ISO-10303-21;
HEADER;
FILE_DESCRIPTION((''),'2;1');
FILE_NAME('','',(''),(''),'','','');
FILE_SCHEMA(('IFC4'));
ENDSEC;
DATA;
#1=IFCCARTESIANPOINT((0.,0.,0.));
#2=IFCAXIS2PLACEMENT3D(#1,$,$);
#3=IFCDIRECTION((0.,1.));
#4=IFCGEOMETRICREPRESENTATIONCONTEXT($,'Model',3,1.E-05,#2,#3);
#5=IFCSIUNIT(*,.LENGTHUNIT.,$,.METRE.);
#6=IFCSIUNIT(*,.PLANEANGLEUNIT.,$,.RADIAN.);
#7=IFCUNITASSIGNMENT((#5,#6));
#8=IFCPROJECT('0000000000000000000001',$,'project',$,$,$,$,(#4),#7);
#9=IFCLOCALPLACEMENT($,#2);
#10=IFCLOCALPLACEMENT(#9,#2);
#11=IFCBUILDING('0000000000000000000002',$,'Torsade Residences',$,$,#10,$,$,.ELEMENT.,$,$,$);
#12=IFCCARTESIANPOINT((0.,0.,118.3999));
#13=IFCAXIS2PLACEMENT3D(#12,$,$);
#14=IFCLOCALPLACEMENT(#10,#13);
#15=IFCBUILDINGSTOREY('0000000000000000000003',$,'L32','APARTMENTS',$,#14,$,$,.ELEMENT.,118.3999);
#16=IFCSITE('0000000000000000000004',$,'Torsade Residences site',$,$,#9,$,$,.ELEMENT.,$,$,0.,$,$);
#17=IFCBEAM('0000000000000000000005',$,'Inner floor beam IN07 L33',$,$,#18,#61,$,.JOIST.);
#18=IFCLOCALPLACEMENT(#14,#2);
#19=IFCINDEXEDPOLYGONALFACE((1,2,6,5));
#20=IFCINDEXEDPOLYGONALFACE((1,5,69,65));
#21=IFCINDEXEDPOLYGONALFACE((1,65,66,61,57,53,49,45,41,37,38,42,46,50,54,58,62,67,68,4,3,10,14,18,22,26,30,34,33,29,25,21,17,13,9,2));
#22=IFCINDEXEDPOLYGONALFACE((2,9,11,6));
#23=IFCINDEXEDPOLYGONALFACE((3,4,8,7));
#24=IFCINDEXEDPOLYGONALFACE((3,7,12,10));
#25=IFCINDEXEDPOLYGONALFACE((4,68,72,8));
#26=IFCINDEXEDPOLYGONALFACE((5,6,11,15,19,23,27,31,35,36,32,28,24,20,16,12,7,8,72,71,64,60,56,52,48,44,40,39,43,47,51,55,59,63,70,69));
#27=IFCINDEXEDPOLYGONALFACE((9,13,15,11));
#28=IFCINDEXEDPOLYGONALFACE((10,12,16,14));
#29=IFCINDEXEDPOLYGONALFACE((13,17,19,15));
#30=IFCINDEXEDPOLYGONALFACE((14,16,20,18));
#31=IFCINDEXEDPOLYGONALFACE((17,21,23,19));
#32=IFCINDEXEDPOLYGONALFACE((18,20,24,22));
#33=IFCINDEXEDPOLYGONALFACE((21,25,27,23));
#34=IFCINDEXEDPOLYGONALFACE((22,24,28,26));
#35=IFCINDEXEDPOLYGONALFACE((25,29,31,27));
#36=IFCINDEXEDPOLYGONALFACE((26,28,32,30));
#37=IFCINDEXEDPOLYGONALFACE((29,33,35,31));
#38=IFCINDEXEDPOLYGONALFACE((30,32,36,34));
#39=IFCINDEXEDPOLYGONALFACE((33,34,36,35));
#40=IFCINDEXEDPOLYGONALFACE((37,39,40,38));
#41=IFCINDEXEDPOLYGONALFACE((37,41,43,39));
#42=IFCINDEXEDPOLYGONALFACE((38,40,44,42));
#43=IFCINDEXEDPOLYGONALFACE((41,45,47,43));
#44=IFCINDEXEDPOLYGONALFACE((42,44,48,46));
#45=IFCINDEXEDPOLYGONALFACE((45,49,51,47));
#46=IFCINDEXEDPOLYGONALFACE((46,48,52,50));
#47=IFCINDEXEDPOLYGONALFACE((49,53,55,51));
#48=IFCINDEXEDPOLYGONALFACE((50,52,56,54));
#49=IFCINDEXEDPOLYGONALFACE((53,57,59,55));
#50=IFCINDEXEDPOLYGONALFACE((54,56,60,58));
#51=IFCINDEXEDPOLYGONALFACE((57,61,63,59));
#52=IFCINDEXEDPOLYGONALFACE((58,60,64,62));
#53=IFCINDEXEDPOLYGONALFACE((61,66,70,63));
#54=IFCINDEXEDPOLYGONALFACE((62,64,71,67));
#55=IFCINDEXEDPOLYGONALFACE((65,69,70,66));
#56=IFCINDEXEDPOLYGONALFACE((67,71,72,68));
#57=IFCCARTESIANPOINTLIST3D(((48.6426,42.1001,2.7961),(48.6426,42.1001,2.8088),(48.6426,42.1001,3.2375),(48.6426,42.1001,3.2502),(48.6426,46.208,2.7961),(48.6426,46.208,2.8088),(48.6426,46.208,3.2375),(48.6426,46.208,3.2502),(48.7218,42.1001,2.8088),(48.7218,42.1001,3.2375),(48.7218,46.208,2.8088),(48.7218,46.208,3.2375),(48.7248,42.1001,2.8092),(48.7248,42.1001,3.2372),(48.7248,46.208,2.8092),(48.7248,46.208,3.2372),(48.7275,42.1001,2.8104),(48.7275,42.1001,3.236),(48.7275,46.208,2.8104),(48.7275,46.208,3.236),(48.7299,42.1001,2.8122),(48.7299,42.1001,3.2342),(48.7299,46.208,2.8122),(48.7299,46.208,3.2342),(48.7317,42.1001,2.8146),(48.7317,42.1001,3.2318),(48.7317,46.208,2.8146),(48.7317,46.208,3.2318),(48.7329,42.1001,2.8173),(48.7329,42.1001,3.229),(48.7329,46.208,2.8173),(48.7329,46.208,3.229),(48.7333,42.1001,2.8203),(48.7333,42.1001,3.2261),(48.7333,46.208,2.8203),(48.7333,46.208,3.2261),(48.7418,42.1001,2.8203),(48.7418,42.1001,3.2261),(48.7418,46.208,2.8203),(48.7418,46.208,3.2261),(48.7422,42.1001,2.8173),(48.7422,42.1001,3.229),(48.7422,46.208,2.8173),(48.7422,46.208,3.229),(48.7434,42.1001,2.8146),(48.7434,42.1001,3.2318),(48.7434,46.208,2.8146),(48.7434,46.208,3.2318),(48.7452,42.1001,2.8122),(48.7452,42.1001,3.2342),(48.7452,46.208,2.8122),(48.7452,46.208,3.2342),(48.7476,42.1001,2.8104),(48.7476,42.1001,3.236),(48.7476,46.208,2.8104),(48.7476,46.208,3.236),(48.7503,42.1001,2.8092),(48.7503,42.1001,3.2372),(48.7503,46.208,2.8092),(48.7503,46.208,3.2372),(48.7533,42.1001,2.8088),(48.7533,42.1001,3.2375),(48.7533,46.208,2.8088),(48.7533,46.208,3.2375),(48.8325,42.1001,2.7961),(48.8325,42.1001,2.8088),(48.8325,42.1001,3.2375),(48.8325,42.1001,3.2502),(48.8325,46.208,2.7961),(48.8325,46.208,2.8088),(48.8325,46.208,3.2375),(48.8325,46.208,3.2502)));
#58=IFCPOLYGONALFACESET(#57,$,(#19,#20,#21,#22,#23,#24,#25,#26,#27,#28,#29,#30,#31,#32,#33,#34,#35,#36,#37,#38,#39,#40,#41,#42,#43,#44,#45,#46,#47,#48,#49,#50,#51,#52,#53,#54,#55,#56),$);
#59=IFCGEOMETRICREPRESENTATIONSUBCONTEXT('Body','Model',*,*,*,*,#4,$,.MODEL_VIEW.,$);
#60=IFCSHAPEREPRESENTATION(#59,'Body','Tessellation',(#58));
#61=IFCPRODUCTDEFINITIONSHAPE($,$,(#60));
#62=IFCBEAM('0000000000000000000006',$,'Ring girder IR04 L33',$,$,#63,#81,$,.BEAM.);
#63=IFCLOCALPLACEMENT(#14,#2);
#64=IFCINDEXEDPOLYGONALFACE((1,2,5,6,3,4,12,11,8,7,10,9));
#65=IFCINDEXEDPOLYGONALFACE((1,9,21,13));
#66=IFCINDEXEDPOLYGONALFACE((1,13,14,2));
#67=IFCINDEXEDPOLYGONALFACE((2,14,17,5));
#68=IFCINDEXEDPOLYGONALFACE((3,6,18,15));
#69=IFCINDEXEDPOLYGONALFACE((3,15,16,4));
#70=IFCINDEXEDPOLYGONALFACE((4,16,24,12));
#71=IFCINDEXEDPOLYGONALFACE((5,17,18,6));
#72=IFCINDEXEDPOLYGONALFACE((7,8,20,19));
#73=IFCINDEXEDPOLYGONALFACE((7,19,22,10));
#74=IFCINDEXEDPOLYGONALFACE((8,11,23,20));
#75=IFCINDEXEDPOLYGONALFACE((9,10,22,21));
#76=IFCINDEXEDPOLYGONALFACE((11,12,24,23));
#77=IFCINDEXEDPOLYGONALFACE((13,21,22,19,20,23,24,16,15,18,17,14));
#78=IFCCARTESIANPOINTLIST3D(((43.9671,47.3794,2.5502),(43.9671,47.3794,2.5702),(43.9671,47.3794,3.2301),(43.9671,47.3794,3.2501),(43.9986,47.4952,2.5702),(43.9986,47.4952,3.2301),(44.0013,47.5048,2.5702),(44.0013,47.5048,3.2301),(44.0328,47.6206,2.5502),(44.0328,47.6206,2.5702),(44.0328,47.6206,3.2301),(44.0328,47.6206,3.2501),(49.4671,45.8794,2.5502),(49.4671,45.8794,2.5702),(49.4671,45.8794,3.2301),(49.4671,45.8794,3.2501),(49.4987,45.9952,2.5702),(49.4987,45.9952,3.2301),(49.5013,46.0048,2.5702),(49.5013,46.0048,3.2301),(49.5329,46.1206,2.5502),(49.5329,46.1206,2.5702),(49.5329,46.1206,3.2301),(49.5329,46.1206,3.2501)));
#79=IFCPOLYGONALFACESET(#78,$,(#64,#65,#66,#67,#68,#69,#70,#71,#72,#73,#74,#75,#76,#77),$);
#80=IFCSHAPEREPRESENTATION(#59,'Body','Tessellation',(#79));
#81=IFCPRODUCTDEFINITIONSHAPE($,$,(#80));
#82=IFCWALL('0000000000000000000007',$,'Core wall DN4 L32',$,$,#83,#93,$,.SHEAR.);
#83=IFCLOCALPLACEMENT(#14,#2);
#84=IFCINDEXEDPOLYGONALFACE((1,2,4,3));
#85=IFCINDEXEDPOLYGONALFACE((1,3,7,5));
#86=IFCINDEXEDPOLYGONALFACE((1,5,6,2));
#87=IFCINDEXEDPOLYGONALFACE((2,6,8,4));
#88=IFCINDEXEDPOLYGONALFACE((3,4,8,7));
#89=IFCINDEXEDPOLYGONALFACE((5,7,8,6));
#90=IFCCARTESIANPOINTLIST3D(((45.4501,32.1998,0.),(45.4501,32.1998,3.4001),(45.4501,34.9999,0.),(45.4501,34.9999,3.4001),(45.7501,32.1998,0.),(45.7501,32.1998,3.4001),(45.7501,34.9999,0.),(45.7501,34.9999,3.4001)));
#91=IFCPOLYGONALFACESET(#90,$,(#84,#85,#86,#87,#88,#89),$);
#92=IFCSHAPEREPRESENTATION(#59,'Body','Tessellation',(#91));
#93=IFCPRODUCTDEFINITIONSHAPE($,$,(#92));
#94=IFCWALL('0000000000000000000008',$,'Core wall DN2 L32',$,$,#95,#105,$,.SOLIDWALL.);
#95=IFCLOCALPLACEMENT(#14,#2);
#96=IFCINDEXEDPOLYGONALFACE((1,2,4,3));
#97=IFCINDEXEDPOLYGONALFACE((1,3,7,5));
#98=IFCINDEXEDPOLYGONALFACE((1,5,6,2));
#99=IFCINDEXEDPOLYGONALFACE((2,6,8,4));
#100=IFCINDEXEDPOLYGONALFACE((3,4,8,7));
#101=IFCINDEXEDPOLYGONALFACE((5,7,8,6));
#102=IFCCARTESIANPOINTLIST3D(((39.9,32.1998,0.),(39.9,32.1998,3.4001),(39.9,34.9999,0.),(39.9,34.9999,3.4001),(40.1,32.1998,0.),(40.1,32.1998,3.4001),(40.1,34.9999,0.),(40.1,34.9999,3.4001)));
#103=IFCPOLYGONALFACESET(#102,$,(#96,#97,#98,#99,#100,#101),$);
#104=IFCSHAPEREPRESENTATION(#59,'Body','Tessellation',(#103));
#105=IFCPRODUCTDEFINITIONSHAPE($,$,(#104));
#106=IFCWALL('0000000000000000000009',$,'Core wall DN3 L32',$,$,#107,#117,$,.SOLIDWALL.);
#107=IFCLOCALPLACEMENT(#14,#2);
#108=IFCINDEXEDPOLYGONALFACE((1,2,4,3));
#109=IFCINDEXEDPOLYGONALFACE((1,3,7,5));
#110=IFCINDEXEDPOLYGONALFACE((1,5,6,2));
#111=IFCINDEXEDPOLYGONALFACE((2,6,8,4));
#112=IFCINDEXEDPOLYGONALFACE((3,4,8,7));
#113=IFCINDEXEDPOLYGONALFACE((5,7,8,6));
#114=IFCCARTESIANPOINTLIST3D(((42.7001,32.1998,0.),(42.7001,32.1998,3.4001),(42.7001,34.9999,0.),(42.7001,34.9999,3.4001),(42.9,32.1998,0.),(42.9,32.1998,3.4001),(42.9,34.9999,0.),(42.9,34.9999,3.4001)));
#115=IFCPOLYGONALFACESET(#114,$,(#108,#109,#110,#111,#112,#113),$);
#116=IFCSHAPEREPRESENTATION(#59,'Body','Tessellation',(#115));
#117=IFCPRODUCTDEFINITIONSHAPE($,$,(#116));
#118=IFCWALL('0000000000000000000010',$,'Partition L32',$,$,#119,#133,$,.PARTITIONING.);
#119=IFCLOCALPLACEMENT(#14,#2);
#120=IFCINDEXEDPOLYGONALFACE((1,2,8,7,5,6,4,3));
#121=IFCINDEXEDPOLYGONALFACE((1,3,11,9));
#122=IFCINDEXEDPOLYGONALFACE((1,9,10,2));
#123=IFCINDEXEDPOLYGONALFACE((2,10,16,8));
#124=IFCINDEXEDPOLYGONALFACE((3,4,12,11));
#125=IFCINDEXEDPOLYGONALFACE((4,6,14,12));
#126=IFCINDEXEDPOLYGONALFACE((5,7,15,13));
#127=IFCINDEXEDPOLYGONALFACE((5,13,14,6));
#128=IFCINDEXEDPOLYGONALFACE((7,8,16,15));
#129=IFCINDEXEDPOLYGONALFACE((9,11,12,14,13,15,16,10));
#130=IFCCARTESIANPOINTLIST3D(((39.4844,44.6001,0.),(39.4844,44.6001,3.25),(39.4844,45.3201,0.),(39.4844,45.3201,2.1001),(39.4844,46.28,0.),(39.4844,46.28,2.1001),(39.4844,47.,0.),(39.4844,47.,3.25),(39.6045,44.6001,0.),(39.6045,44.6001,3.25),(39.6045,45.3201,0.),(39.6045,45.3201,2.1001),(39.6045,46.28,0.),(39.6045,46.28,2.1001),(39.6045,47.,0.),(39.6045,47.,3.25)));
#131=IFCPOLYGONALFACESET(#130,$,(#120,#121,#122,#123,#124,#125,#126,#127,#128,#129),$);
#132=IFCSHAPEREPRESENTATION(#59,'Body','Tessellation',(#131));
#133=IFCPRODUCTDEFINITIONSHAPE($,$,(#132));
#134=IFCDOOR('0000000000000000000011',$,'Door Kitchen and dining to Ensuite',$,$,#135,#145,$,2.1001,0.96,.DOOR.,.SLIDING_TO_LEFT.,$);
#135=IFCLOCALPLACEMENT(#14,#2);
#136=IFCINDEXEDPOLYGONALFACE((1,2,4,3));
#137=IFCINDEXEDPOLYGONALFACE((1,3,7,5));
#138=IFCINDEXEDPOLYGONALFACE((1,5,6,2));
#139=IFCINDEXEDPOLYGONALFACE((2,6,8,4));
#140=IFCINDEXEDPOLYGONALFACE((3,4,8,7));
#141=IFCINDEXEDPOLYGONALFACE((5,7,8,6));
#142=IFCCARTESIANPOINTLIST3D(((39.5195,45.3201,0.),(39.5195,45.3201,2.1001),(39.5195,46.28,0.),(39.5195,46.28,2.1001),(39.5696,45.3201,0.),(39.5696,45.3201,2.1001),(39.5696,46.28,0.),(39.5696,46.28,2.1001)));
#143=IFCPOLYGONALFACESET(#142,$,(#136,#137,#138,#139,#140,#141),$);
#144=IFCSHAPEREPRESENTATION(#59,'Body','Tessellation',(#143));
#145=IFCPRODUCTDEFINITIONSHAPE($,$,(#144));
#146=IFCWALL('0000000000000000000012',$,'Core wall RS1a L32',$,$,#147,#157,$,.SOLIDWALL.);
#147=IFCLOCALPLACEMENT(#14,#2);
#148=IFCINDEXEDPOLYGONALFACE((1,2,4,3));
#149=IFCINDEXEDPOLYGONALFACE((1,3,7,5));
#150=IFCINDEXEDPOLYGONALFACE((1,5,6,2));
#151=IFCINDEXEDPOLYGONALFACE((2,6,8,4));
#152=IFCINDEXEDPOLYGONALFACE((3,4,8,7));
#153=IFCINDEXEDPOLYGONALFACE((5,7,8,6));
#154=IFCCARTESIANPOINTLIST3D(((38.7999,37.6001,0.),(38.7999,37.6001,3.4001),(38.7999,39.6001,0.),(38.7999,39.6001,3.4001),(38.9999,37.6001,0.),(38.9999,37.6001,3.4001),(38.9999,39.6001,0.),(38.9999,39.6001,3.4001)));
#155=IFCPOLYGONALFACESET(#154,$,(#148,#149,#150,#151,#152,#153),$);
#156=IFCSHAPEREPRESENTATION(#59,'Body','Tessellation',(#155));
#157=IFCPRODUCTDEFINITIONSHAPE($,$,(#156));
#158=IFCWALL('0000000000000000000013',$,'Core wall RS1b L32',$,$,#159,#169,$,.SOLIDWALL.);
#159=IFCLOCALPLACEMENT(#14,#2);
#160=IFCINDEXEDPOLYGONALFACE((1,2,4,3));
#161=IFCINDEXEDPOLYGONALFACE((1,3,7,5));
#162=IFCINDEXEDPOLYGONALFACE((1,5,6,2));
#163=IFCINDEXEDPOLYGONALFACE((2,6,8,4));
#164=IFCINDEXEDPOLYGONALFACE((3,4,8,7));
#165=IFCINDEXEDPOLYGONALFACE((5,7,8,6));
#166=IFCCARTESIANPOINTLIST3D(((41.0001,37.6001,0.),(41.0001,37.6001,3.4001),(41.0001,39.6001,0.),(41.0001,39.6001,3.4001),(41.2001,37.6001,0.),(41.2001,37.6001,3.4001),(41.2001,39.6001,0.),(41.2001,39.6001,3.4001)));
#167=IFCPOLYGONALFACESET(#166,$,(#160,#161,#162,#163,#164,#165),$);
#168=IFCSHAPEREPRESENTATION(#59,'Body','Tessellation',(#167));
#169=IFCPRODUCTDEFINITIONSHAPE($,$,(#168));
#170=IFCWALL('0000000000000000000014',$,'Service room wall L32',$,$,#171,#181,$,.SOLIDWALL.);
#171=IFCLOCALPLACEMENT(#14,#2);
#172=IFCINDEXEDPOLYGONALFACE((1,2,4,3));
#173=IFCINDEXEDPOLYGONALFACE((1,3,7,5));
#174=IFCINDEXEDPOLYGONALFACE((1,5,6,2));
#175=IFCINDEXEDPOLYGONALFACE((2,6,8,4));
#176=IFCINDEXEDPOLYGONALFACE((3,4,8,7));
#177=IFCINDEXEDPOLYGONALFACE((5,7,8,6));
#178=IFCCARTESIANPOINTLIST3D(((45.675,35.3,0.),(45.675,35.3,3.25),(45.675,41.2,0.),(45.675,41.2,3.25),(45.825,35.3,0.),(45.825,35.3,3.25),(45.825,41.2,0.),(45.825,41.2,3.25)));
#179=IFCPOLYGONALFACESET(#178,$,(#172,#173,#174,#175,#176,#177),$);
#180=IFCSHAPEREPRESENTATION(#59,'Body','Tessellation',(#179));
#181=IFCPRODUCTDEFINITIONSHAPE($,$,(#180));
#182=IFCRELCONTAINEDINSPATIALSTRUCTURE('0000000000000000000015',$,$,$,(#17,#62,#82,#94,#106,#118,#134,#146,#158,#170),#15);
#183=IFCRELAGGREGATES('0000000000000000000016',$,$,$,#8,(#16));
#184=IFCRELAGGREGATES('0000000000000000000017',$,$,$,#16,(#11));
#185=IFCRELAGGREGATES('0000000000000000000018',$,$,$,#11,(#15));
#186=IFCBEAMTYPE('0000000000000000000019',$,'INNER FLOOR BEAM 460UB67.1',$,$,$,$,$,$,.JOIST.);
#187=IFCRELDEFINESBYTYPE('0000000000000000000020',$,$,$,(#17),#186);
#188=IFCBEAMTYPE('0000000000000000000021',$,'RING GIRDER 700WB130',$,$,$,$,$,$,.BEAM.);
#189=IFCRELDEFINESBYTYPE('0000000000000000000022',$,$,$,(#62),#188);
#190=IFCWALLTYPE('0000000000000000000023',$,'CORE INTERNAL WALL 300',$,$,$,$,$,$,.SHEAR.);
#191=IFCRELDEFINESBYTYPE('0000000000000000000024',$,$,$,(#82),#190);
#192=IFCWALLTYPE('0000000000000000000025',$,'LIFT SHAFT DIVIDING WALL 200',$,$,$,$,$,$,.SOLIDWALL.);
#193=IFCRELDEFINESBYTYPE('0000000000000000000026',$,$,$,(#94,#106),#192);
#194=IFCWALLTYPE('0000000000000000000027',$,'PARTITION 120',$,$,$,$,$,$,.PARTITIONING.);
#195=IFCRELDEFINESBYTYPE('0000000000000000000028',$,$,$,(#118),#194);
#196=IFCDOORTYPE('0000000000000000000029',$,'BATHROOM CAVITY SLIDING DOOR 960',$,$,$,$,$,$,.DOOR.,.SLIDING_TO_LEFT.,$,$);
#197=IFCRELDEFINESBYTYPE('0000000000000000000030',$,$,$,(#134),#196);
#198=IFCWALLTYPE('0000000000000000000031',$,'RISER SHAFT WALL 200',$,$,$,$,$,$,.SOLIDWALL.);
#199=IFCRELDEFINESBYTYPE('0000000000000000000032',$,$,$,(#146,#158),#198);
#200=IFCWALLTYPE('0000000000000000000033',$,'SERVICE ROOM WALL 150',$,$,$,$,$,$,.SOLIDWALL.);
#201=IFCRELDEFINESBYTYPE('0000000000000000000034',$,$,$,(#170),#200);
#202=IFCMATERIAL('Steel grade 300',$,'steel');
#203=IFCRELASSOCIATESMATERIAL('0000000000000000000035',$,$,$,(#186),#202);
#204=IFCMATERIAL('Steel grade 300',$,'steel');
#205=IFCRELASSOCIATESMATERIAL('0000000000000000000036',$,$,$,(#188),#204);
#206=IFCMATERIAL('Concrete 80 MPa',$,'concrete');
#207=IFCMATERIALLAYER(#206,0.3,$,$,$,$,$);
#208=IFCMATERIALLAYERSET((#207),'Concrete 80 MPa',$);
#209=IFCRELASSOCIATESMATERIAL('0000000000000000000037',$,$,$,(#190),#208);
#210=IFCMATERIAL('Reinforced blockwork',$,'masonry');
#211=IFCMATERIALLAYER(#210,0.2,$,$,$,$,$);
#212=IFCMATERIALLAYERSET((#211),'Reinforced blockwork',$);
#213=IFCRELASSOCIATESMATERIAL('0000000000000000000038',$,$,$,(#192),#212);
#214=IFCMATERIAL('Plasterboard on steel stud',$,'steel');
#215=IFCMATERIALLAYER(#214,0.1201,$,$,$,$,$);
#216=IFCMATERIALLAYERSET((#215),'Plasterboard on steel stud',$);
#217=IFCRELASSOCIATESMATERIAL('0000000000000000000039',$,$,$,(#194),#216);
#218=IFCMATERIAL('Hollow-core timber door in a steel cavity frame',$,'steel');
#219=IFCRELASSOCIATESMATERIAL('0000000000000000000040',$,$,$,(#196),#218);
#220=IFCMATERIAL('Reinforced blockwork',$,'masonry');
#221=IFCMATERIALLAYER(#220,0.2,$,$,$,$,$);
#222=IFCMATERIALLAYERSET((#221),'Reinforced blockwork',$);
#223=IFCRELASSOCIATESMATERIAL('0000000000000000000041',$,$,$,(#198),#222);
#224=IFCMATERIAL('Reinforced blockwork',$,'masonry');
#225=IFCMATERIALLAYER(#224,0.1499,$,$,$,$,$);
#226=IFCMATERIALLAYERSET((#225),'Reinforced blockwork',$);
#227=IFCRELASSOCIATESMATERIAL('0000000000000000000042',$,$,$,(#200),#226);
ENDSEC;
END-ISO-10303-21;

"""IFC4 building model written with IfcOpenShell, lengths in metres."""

from ifc_helpers import new_model, si_unit, direction, frame, frame_2d, origin, origin_2d, place, context, subcontext, project, spatial, rectangle, i_section, extrude, material, layer, layer_set, material_profile, profile_set, type_object, element, fill, save


model = new_model("IFC4")

# Units and contexts
model_context = context("Model", 3, precision=1e-05, world=origin(), true_north=direction((0.0, 1.0)))
body_context = subcontext(model_context, "Body", "Model", "MODEL_VIEW")
ifc_project = project(units=[si_unit("LENGTHUNIT", "METRE"), si_unit("PLANEANGLEUNIT", "RADIAN")], contexts=[model_context])

# Site, building, storey
site_placement = place(None, origin())
site = spatial("IfcSite", under=ifc_project, at=site_placement, Name="Torsade Residences site", CompositionType="ELEMENT", RefElevation=0.0)
building_placement = place(site_placement, origin())
building = spatial("IfcBuilding", under=site, at=building_placement, Name="Torsade Residences", CompositionType="ELEMENT")
storey_placement = place(building_placement, frame((0.0, 0.0, 118.3999)))
storey = spatial("IfcBuildingStorey", under=building, at=storey_placement, Name="L32", Description="APARTMENTS", CompositionType="ELEMENT", Elevation=118.3999)

# Beams
ifc_material_1 = material(Name="Steel grade 300", Category="steel")
ifc_material_profile_1 = material_profile(ifc_material_1, i_section(OverallWidth=0.1899, OverallDepth=0.4541, WebThickness=0.0085, FlangeThickness=0.0127, FilletRadius=0.0115, at=origin_2d()), Name="460UB67.1")
ifc_profile_set_1 = profile_set([ifc_material_profile_1], Name="Steel grade 300")
beam_type_1 = type_object("IfcBeamType", Name="INNER FLOOR BEAM 460UB67.1", PredefinedType="JOIST", material=ifc_profile_set_1)
beam_1_placement = place(storey_placement, frame((48.7375, 42.1001, 3.0232), z_axis=(0.0, 1.0, 0.0), x_axis=(-1.0, 0.0, 0.0)))
element("IfcBeam", 1, at=beam_1_placement, inside=storey, type_object=beam_type_1, Name="Inner floor beam IN07 L33", PredefinedType="JOIST", context=body_context, shape_type="SweptSolid", body=[
    extrude(i_section(OverallWidth=0.1899, OverallDepth=0.4541, WebThickness=0.0085, FlangeThickness=0.0127, FilletRadius=0.0115, at=origin_2d()), origin(), (0.0, 0.0, 1.0), 4.1079),
])
ifc_material_2 = material(Name="Steel grade 300", Category="steel")
ifc_material_profile_2 = material_profile(ifc_material_2, i_section(OverallWidth=0.25, OverallDepth=0.7, WebThickness=0.01, FlangeThickness=0.02, at=origin_2d()), Name="700WB130")
ifc_profile_set_2 = profile_set([ifc_material_profile_2], Name="Steel grade 300")
beam_type_2 = type_object("IfcBeamType", Name="RING GIRDER 700WB130", PredefinedType="BEAM", material=ifc_profile_set_2)
beam_2_placement = place(storey_placement, frame((49.5, 46.0, 2.9001), z_axis=(-0.964764, 0.263117, 0.0), x_axis=(-0.263117, -0.964764, 0.0)))
element("IfcBeam", 2, at=beam_2_placement, inside=storey, type_object=beam_type_2, Name="Ring girder IR04 L33", PredefinedType="BEAM", context=body_context, shape_type="SweptSolid", body=[
    extrude(i_section(OverallWidth=0.25, OverallDepth=0.7, WebThickness=0.01, FlangeThickness=0.02, at=origin_2d()), origin(), (0.0, 0.0, 1.0), 5.7009),
])

# Walls
ifc_material_3 = material(Name="Concrete 80 MPa", Category="concrete")
ifc_layer_1 = layer(ifc_material_3, 0.3)
ifc_layer_set_1 = layer_set([ifc_layer_1], Name="Concrete 80 MPa")
wall_type_1 = type_object("IfcWallType", Name="CORE INTERNAL WALL 300", PredefinedType="SHEAR", material=ifc_layer_set_1)
wall_1_placement = place(storey_placement, frame((45.6001, 32.2, 0.0), z_axis=(0.0, 0.0, 1.0), x_axis=(0.0, 1.0, 0.0)))
element("IfcWall", 3, at=wall_1_placement, inside=storey, type_object=wall_type_1, Name="Core wall DN4 L32", PredefinedType="SHEAR", context=body_context, shape_type="SweptSolid", body=[
    extrude(rectangle(XDim=2.8, YDim=0.3, at=frame_2d((1.3999, 0.0))), origin(), (0.0, 0.0, 1.0), 3.4001),
])
ifc_material_4 = material(Name="Reinforced blockwork", Category="masonry")
ifc_layer_2 = layer(ifc_material_4, 0.2)
ifc_layer_set_2 = layer_set([ifc_layer_2], Name="Reinforced blockwork")
wall_type_2 = type_object("IfcWallType", Name="LIFT SHAFT DIVIDING WALL 200", PredefinedType="SOLIDWALL", material=ifc_layer_set_2)
for number, where, z_axis, x_axis, name in (
    (4, (40.0, 32.2, 0.0), (0.0, 0.0, 1.0), (0.0, 1.0, 0.0), "Core wall DN2 L32"),
    (5, (42.8, 32.2, 0.0), (0.0, 0.0, 1.0), (0.0, 1.0, 0.0), "Core wall DN3 L32"),
):
    element("IfcWall", number, at=place(storey_placement, frame(where, z_axis=z_axis, x_axis=x_axis)), inside=storey, type_object=wall_type_2, Name=name, PredefinedType="SOLIDWALL", context=body_context, shape_type="SweptSolid", body=[
        extrude(rectangle(XDim=2.8, YDim=0.2, at=frame_2d((1.3999, 0.0))), origin(), (0.0, 0.0, 1.0), 3.4001),
    ])

# Wall, opening, door
ifc_material_5 = material(Name="Plasterboard on steel stud", Category="steel")
ifc_layer_3 = layer(ifc_material_5, 0.1201)
ifc_layer_set_3 = layer_set([ifc_layer_3], Name="Plasterboard on steel stud")
wall_type_3 = type_object("IfcWallType", Name="PARTITION 120", PredefinedType="PARTITIONING", material=ifc_layer_set_3)
wall_2_placement = place(storey_placement, frame((39.5444, 44.6001, 0.0), z_axis=(0.0, 0.0, 1.0), x_axis=(0.0, 1.0, 0.0)))
wall_2 = element("IfcWall", 6, at=wall_2_placement, inside=storey, type_object=wall_type_3, Name="Partition L32", PredefinedType="PARTITIONING", context=body_context, shape_type="SweptSolid", body=[
    extrude(rectangle(XDim=2.3999, YDim=0.1201, at=frame_2d((1.2, 0.0))), origin(), (0.0, 0.0, 1.0), 3.25),
])
opening_placement = place(wall_2_placement, frame((0.72, 0.0, 0.0)))
opening = element("IfcOpeningElement", 7, at=opening_placement, cuts=wall_2, PredefinedType="OPENING", context=body_context, shape_type="SweptSolid", body=[
    extrude(rectangle(XDim=0.96, YDim=2.1001, at=frame_2d((0.48, 1.05))), frame((0.0, 0.0701, 0.0), z_axis=(0.0, -1.0, 0.0), x_axis=(1.0, 0.0, 0.0)), (0.0, 0.0, 1.0), 0.1401),
])
ifc_material_6 = material(Name="Hollow-core timber door in a steel cavity frame", Category="steel")
door_type = type_object("IfcDoorType", Name="BATHROOM CAVITY SLIDING DOOR 960", OperationType="SLIDING_TO_LEFT", PredefinedType="DOOR", material=ifc_material_6)
door_placement = place(opening_placement, origin())
door = element("IfcDoor", 8, at=door_placement, inside=storey, type_object=door_type, Name="Door Kitchen and dining to Ensuite", OperationType="SLIDING_TO_LEFT", OverallHeight=2.1001, OverallWidth=0.96, PredefinedType="DOOR", context=body_context, shape_type="SweptSolid", body=[
    extrude(rectangle(XDim=0.96, YDim=2.1001, at=frame_2d((0.48, 1.05))), frame((0.0, 0.0249, 0.0), z_axis=(0.0, -1.0, 0.0), x_axis=(1.0, 0.0, 0.0)), (0.0, 0.0, 1.0), 0.05),
])
fill(opening, door)

# Walls
ifc_material_7 = material(Name="Reinforced blockwork", Category="masonry")
ifc_layer_4 = layer(ifc_material_7, 0.2)
ifc_layer_set_4 = layer_set([ifc_layer_4], Name="Reinforced blockwork")
wall_type_4 = type_object("IfcWallType", Name="RISER SHAFT WALL 200", PredefinedType="SOLIDWALL", material=ifc_layer_set_4)
for number, where, z_axis, x_axis, name in (
    (9, (38.8999, 37.6001, 0.0), (0.0, 0.0, 1.0), (0.0, 1.0, 0.0), "Core wall RS1a L32"),
    (10, (41.1001, 37.6001, 0.0), (0.0, 0.0, 1.0), (0.0, 1.0, 0.0), "Core wall RS1b L32"),
):
    element("IfcWall", number, at=place(storey_placement, frame(where, z_axis=z_axis, x_axis=x_axis)), inside=storey, type_object=wall_type_4, Name=name, PredefinedType="SOLIDWALL", context=body_context, shape_type="SweptSolid", body=[
        extrude(rectangle(XDim=2.0, YDim=0.2, at=frame_2d((1.0, 0.0))), origin(), (0.0, 0.0, 1.0), 3.4001),
    ])
ifc_material_8 = material(Name="Reinforced blockwork", Category="masonry")
ifc_layer_5 = layer(ifc_material_8, 0.1499)
ifc_layer_set_5 = layer_set([ifc_layer_5], Name="Reinforced blockwork")
wall_type_5 = type_object("IfcWallType", Name="SERVICE ROOM WALL 150", PredefinedType="SOLIDWALL", material=ifc_layer_set_5)
wall_3_placement = place(storey_placement, frame((45.75, 41.2, 0.0), z_axis=(0.0, 0.0, 1.0), x_axis=(0.0, -1.0, 0.0)))
element("IfcWall", 11, at=wall_3_placement, inside=storey, type_object=wall_type_5, Name="Service room wall L32", PredefinedType="SOLIDWALL", context=body_context, shape_type="SweptSolid", body=[
    extrude(rectangle(XDim=5.8999, YDim=0.1499, at=frame_2d((2.95, 0.0))), origin(), (0.0, 0.0, 1.0), 3.25),
])

save(model, "model.ifc")
